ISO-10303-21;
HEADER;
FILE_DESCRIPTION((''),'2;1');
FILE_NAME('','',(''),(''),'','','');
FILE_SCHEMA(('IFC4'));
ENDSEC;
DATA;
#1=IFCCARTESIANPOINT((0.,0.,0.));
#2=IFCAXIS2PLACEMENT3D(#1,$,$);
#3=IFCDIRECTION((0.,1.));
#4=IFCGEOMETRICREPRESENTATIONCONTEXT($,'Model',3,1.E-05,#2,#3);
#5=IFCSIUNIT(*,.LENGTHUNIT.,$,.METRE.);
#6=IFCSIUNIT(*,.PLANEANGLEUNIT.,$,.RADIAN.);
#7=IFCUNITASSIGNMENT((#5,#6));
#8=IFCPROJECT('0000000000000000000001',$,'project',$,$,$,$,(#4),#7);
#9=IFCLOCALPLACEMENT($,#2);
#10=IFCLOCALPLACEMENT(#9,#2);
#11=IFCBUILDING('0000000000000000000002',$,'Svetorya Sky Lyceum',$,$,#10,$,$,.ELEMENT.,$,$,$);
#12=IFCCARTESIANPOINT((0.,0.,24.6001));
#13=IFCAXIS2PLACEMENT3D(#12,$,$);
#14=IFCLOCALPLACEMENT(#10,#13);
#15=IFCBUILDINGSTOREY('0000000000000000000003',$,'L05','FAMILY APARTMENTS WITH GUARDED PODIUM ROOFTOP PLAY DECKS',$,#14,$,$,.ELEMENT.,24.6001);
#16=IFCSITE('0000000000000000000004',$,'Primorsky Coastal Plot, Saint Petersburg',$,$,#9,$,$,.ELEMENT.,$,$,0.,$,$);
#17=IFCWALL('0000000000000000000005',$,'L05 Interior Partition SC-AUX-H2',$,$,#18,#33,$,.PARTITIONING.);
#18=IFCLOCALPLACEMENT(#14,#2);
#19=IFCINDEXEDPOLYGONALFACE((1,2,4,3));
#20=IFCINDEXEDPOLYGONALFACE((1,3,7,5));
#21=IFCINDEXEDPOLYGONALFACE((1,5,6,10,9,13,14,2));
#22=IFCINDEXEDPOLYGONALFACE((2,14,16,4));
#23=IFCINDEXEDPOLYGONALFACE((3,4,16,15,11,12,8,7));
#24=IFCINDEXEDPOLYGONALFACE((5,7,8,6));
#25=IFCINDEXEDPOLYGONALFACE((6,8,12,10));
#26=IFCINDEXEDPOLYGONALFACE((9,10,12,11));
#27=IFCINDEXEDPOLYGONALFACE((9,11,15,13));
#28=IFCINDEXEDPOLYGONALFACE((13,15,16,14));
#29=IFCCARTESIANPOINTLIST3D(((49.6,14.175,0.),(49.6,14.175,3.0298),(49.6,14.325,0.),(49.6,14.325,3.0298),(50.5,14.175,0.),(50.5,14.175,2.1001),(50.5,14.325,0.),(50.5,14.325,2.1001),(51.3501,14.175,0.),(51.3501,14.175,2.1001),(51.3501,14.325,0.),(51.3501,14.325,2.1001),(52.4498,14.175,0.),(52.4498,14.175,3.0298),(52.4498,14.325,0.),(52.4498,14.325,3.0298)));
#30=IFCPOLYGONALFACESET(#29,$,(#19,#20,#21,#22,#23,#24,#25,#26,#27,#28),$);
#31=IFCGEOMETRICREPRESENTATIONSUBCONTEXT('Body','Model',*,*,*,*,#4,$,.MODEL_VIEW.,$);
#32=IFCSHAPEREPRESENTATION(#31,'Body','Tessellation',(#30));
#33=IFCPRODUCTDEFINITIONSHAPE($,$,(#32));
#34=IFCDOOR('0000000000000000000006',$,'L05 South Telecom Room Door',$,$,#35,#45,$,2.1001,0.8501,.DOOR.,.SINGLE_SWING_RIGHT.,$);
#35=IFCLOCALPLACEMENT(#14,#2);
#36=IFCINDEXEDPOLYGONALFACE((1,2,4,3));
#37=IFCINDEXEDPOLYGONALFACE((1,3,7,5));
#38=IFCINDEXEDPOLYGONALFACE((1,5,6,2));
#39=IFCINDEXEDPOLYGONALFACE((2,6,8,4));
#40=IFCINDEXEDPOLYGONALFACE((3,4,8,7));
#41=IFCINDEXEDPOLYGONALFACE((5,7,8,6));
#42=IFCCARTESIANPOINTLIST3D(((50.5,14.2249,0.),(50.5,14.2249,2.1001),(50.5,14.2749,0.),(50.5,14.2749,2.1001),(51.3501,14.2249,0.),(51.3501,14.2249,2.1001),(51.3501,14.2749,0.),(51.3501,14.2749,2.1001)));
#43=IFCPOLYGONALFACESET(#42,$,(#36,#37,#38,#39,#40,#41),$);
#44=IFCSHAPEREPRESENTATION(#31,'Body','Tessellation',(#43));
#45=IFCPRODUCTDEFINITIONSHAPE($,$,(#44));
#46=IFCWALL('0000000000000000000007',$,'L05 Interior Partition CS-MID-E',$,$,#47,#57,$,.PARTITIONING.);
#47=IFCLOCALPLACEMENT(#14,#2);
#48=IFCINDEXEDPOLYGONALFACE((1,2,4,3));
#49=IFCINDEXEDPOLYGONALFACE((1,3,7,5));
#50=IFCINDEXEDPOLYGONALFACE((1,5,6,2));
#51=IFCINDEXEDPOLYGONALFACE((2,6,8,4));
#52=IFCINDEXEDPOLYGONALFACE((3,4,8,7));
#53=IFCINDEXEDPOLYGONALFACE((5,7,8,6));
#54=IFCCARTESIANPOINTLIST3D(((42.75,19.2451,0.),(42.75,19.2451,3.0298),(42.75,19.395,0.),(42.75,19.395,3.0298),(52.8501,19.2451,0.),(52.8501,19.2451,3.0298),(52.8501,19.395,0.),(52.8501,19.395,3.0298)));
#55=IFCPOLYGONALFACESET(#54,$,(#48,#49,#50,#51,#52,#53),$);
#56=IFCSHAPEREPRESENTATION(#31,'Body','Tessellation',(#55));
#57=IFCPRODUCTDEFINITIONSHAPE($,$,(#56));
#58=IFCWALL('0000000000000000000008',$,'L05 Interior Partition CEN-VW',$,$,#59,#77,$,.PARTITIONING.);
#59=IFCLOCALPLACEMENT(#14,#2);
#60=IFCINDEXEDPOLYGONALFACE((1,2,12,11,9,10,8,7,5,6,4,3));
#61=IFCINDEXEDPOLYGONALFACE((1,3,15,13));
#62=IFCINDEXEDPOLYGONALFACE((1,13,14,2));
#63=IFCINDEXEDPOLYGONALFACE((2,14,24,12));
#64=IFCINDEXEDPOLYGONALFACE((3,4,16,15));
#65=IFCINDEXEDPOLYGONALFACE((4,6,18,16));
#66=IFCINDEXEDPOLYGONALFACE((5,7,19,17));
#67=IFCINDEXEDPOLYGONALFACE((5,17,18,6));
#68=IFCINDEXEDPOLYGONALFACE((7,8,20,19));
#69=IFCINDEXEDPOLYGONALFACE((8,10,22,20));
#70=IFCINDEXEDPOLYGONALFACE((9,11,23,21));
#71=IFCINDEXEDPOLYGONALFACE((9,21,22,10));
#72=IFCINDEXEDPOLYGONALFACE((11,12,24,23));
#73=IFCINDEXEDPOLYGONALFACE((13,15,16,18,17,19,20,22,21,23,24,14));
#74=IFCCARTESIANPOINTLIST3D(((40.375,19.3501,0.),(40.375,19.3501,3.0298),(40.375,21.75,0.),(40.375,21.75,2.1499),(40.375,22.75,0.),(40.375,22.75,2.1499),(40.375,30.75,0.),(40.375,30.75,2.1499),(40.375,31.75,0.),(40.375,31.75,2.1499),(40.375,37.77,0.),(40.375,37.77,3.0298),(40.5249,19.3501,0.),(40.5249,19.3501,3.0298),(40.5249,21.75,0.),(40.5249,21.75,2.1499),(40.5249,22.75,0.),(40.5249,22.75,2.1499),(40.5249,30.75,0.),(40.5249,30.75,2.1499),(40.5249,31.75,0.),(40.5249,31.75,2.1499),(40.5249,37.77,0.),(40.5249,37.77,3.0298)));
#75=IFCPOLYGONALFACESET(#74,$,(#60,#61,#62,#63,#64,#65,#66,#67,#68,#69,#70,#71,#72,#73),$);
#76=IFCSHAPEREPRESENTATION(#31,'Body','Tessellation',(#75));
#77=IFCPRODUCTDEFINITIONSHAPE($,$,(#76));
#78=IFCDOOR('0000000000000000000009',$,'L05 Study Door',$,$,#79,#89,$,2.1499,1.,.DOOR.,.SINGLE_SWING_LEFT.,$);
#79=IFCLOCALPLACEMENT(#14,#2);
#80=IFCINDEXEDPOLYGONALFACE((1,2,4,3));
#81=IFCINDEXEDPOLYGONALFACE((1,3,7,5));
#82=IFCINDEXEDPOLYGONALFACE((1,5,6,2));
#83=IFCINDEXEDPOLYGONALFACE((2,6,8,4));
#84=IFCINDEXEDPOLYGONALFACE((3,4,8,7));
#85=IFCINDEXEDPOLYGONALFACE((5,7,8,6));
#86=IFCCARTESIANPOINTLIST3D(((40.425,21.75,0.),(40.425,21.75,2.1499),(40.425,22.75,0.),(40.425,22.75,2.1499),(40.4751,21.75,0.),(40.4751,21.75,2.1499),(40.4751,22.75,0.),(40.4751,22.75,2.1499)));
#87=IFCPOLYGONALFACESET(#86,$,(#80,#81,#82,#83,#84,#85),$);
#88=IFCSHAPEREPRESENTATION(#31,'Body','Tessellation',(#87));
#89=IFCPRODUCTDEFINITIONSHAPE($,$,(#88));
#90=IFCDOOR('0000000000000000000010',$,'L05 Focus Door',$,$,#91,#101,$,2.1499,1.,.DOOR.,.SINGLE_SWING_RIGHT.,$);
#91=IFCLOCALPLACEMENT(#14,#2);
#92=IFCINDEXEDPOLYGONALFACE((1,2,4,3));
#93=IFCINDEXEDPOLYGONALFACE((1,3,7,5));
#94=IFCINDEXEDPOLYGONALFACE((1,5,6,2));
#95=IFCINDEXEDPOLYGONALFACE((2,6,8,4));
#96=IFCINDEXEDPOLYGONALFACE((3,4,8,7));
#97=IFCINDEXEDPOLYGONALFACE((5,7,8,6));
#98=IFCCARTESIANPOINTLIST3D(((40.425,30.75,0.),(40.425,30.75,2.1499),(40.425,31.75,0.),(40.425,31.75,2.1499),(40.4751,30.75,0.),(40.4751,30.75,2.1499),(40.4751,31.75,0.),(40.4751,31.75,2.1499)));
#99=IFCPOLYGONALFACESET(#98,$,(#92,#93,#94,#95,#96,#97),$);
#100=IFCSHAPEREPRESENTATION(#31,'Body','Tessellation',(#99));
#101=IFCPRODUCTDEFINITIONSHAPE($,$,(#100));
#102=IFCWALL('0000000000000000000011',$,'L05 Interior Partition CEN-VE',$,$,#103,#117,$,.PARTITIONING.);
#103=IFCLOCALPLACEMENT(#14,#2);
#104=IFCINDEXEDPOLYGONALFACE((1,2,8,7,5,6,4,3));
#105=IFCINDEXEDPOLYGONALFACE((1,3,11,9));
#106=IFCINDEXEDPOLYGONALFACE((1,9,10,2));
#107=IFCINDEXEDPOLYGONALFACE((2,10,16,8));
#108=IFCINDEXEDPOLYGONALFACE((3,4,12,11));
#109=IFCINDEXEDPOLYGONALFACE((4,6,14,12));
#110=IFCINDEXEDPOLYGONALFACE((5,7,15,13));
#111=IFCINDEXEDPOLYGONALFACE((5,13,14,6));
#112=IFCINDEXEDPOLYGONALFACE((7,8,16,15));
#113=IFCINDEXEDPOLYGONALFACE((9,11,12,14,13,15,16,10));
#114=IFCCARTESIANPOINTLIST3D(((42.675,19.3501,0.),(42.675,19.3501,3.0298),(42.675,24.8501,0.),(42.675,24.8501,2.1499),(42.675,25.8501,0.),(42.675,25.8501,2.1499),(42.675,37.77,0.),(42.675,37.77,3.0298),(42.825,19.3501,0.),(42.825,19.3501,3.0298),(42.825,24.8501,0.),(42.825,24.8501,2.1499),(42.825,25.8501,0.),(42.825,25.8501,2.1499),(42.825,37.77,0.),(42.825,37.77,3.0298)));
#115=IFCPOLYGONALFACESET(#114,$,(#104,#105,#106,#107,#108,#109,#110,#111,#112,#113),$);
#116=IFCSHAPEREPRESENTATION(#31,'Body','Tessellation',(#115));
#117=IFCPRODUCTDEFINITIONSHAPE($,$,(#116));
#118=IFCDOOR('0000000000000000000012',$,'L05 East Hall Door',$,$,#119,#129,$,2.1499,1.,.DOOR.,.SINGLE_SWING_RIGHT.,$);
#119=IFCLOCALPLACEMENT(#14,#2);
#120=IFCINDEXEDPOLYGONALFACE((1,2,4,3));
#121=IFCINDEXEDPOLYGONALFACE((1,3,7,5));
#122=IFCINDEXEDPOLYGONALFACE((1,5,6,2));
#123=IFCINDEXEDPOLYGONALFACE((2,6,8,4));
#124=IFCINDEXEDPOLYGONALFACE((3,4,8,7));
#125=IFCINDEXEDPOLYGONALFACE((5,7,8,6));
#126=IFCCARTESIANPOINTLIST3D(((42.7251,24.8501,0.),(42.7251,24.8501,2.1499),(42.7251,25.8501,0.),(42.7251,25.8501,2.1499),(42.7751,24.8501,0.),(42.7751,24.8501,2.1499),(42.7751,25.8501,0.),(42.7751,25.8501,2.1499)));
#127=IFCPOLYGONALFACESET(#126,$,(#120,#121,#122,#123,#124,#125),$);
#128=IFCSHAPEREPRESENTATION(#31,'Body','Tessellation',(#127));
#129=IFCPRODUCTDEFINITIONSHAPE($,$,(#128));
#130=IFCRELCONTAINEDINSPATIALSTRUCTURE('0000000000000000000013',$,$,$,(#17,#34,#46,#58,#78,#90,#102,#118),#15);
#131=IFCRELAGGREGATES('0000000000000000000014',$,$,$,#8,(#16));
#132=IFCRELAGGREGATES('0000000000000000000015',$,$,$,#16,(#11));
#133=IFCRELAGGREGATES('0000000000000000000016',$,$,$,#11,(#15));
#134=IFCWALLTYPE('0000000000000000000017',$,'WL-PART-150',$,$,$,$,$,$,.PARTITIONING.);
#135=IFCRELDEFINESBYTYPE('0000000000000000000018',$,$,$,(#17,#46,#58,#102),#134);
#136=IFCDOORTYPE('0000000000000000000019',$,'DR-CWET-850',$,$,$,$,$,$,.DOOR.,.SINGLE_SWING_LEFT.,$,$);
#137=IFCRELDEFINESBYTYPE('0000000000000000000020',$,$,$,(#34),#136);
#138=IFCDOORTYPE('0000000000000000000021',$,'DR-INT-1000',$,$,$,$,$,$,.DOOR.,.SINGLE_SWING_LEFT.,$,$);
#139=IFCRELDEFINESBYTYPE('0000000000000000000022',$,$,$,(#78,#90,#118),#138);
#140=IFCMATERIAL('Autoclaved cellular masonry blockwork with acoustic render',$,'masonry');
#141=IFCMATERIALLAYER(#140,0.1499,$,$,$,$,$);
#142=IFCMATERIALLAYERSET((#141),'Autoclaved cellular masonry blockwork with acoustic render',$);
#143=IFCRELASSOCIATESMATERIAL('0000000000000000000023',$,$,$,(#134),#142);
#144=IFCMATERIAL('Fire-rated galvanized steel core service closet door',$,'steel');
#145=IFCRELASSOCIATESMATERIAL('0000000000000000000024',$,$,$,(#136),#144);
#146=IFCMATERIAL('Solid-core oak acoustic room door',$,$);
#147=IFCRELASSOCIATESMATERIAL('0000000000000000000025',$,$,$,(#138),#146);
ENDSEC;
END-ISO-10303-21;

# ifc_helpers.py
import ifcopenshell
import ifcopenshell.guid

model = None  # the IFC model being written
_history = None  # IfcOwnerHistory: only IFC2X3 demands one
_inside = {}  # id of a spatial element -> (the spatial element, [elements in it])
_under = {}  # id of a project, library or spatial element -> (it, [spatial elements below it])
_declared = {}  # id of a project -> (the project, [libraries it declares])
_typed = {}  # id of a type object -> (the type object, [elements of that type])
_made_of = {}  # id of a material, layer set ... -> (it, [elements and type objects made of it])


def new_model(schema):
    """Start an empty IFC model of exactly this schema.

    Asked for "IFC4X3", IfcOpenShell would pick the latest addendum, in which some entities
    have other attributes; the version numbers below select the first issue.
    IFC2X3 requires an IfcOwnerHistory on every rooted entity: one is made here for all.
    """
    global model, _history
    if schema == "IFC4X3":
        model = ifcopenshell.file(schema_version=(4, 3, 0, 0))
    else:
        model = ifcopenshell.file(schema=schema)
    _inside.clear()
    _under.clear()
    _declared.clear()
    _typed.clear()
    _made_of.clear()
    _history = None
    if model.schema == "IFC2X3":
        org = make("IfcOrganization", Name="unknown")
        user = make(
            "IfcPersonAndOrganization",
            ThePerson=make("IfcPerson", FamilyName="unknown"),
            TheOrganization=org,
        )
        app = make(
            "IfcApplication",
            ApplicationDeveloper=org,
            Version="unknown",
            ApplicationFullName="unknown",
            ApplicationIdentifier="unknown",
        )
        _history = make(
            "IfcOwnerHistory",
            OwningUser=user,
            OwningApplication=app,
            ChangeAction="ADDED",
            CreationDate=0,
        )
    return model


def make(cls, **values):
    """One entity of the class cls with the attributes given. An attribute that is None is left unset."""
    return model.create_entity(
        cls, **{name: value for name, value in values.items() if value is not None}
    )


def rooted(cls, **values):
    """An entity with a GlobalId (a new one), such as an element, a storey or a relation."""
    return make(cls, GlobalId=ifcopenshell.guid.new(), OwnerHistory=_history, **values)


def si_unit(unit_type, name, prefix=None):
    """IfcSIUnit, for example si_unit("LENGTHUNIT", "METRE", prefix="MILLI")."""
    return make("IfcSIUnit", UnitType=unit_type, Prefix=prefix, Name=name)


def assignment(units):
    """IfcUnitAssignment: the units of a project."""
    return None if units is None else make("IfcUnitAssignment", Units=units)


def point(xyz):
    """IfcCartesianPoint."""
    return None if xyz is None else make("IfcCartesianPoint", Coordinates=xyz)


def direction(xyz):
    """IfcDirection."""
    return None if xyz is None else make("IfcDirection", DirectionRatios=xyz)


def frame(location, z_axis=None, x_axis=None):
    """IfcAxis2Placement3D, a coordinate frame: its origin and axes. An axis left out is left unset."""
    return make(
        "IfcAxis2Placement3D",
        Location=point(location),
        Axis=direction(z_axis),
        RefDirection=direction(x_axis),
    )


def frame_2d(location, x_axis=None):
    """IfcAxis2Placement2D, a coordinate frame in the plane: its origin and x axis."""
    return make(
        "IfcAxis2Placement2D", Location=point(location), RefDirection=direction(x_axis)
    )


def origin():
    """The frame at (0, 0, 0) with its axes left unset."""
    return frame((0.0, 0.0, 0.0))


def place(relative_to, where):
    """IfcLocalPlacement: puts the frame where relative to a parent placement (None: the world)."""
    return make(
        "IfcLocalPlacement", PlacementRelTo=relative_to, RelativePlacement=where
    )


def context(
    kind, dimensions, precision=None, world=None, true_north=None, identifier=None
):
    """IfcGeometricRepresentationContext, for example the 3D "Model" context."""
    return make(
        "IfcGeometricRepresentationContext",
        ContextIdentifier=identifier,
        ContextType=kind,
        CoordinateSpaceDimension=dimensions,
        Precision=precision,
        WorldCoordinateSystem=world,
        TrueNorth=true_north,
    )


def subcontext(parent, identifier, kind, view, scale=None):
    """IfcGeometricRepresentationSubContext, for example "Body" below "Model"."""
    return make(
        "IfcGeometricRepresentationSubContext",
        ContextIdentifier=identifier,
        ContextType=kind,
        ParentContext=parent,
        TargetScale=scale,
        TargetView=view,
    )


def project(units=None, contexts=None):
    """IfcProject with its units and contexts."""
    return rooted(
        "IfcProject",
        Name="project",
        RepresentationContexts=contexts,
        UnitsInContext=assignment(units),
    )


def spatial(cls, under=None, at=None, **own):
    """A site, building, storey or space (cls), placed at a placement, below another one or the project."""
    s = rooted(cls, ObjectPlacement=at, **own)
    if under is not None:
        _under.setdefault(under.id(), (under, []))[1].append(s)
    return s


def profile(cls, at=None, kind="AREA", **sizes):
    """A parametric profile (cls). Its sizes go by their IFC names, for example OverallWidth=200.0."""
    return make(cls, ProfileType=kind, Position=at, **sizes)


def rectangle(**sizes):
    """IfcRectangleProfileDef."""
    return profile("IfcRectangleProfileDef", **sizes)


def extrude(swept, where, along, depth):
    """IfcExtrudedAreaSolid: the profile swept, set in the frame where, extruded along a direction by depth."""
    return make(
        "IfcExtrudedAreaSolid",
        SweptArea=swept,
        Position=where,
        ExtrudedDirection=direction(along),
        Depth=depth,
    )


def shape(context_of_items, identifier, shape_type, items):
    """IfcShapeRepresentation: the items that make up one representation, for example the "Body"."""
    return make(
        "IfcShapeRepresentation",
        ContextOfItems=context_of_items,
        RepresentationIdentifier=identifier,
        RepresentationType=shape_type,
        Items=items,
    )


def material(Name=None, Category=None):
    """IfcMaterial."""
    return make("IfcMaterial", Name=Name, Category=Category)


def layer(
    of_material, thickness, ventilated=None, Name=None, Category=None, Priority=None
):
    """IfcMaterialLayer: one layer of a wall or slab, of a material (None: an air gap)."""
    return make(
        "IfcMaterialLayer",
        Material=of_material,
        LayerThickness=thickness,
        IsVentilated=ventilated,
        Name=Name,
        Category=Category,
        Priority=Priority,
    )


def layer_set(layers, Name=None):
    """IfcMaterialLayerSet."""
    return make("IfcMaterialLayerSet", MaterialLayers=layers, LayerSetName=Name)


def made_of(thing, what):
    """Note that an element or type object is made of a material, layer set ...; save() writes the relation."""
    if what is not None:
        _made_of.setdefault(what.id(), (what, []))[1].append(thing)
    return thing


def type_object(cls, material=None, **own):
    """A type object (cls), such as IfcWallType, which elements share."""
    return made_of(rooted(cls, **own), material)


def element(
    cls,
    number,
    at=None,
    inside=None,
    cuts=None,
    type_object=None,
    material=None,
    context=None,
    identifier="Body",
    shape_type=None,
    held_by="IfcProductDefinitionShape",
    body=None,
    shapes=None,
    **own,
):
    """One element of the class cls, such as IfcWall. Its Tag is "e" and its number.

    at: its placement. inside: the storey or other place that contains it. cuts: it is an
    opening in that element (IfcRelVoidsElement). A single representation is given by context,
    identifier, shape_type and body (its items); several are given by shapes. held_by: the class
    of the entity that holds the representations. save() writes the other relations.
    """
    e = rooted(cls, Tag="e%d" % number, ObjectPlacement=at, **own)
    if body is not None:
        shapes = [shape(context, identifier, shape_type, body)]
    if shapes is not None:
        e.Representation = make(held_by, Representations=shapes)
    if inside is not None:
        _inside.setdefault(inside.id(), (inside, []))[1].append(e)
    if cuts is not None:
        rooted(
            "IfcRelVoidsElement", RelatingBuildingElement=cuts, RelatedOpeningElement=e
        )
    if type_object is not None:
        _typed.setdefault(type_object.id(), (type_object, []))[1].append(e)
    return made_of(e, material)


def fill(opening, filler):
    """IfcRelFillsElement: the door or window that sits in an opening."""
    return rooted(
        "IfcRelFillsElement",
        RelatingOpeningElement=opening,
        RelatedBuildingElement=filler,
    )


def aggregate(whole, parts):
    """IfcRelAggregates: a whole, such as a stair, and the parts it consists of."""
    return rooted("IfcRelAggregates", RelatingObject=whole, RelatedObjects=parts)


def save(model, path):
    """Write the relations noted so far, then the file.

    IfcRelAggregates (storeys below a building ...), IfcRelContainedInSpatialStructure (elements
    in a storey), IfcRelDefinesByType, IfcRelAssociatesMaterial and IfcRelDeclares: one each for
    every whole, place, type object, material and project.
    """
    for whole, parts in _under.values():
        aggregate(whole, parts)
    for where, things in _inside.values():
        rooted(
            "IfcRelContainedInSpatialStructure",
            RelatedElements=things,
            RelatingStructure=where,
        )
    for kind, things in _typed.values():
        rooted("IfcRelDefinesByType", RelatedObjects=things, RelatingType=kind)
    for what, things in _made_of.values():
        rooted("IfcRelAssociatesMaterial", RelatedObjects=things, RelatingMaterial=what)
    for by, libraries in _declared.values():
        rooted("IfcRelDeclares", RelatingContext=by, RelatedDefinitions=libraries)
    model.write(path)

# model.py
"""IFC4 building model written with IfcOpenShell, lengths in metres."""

from ifc_helpers import new_model, si_unit, direction, frame, frame_2d, origin, place, context, subcontext, project, spatial, rectangle, extrude, material, layer, layer_set, type_object, element, fill, save


model = new_model("IFC4")

# Units and contexts
model_context = context("Model", 3, precision=1e-05, world=origin(), true_north=direction((0.0, 1.0)))
body_context = subcontext(model_context, "Body", "Model", "MODEL_VIEW")
ifc_project = project(units=[si_unit("LENGTHUNIT", "METRE"), si_unit("PLANEANGLEUNIT", "RADIAN")], contexts=[model_context])

# Site, building, storey
site_placement = place(None, origin())
site = spatial("IfcSite", under=ifc_project, at=site_placement, Name="Primorsky Coastal Plot, Saint Petersburg", CompositionType="ELEMENT", RefElevation=0.0)
building_placement = place(site_placement, origin())
building = spatial("IfcBuilding", under=site, at=building_placement, Name="Svetorya Sky Lyceum", CompositionType="ELEMENT")
storey_placement = place(building_placement, frame((0.0, 0.0, 24.6001)))
storey = spatial("IfcBuildingStorey", under=building, at=storey_placement, Name="L05", Description="FAMILY APARTMENTS WITH GUARDED PODIUM ROOFTOP PLAY DECKS", CompositionType="ELEMENT", Elevation=24.6001)

# Shared definitions
ifc_material_1 = material(Name="Autoclaved cellular masonry blockwork with acoustic render", Category="masonry")
ifc_layer_1 = layer(ifc_material_1, 0.1499)
ifc_layer_set_1 = layer_set([ifc_layer_1], Name="Autoclaved cellular masonry blockwork with acoustic render")
wall_type_1 = type_object("IfcWallType", Name="WL-PART-150", PredefinedType="PARTITIONING", material=ifc_layer_set_1)

# Wall, opening, door
wall_1_placement = place(storey_placement, frame((49.6001, 14.25, 0.0), z_axis=(0.0, 0.0, 1.0), x_axis=(1.0, 0.0, 0.0)))
wall_1 = element("IfcWall", 1, at=wall_1_placement, inside=storey, type_object=wall_type_1, Name="L05 Interior Partition SC-AUX-H2", PredefinedType="PARTITIONING", context=body_context, shape_type="SweptSolid", body=[
    extrude(rectangle(XDim=2.8499, YDim=0.1499, at=frame_2d((1.4248, 0.0))), origin(), (0.0, 0.0, 1.0), 3.0298),
])
opening_1_placement = place(wall_1_placement, frame((0.8999, 0.0, 0.0)))
opening_1 = element("IfcOpeningElement", 2, at=opening_1_placement, cuts=wall_1, PredefinedType="OPENING", context=body_context, shape_type="SweptSolid", body=[
    extrude(rectangle(XDim=0.8501, YDim=2.1001, at=frame_2d((0.425, 1.05))), frame((0.0, 0.085, 0.0), z_axis=(0.0, -1.0, 0.0), x_axis=(1.0, 0.0, 0.0)), (0.0, 0.0, 1.0), 0.1699),
])
ifc_material_2 = material(Name="Fire-rated galvanized steel core service closet door", Category="steel")
door_type_1 = type_object("IfcDoorType", Name="DR-CWET-850", OperationType="SINGLE_SWING_LEFT", PredefinedType="DOOR", material=ifc_material_2)
door_1_placement = place(opening_1_placement, origin())
door_1 = element("IfcDoor", 3, at=door_1_placement, inside=storey, type_object=door_type_1, Name="L05 South Telecom Room Door", OperationType="SINGLE_SWING_RIGHT", OverallHeight=2.1001, OverallWidth=0.8501, PredefinedType="DOOR", context=body_context, shape_type="SweptSolid", body=[
    extrude(rectangle(XDim=0.8501, YDim=2.1001, at=frame_2d((0.425, 1.05))), frame((0.0, 0.0249, 0.0), z_axis=(0.0, -1.0, 0.0), x_axis=(1.0, 0.0, 0.0)), (0.0, 0.0, 1.0), 0.05),
])
fill(opening_1, door_1)

# Wall
wall_2_placement = place(storey_placement, frame((42.75, 19.3201, 0.0), z_axis=(0.0, 0.0, 1.0), x_axis=(1.0, 0.0, 0.0)))
element("IfcWall", 4, at=wall_2_placement, inside=storey, type_object=wall_type_1, Name="L05 Interior Partition CS-MID-E", PredefinedType="PARTITIONING", context=body_context, shape_type="SweptSolid", body=[
    extrude(rectangle(XDim=10.1001, YDim=0.1499, at=frame_2d((5.05, 0.0))), origin(), (0.0, 0.0, 1.0), 3.0298),
])

# Wall, openings, doors
wall_3_placement = place(storey_placement, frame((40.45, 19.3501, 0.0), z_axis=(0.0, 0.0, 1.0), x_axis=(0.0, 1.0, 0.0)))
wall_3 = element("IfcWall", 5, at=wall_3_placement, inside=storey, type_object=wall_type_1, Name="L05 Interior Partition CEN-VW", PredefinedType="PARTITIONING", context=body_context, shape_type="SweptSolid", body=[
    extrude(rectangle(XDim=18.4199, YDim=0.1499, at=frame_2d((9.21, 0.0))), origin(), (0.0, 0.0, 1.0), 3.0298),
])
opening_2_placement = place(wall_3_placement, frame((2.3999, 0.0, 0.0)))
opening_2 = element("IfcOpeningElement", 6, at=opening_2_placement, cuts=wall_3, PredefinedType="OPENING", context=body_context, shape_type="SweptSolid", body=[
    extrude(rectangle(XDim=1.0, YDim=2.1499, at=frame_2d((0.5, 1.075))), frame((0.0, 0.085, 0.0), z_axis=(0.0, -1.0, 0.0), x_axis=(1.0, 0.0, 0.0)), (0.0, 0.0, 1.0), 0.1699),
])
opening_3_placement = place(wall_3_placement, frame((11.3999, 0.0, 0.0)))
opening_3 = element("IfcOpeningElement", 7, at=opening_3_placement, cuts=wall_3, PredefinedType="OPENING", context=body_context, shape_type="SweptSolid", body=[
    extrude(rectangle(XDim=1.0, YDim=2.1499, at=frame_2d((0.5, 1.075))), frame((0.0, 0.085, 0.0), z_axis=(0.0, -1.0, 0.0), x_axis=(1.0, 0.0, 0.0)), (0.0, 0.0, 1.0), 0.1699),
])
ifc_material_3 = material(Name="Solid-core oak acoustic room door")
door_type_2 = type_object("IfcDoorType", Name="DR-INT-1000", OperationType="SINGLE_SWING_LEFT", PredefinedType="DOOR", material=ifc_material_3)
door_2_placement = place(opening_2_placement, origin())
door_2 = element("IfcDoor", 8, at=door_2_placement, inside=storey, type_object=door_type_2, Name="L05 Study Door", OperationType="SINGLE_SWING_LEFT", OverallHeight=2.1499, OverallWidth=1.0, PredefinedType="DOOR", context=body_context, shape_type="SweptSolid", body=[
    extrude(rectangle(XDim=1.0, YDim=2.1499, at=frame_2d((0.5, 1.075))), frame((0.0, 0.0249, 0.0), z_axis=(0.0, -1.0, 0.0), x_axis=(1.0, 0.0, 0.0)), (0.0, 0.0, 1.0), 0.05),
])
fill(opening_2, door_2)
door_3_placement = place(opening_3_placement, origin())
door_3 = element("IfcDoor", 9, at=door_3_placement, inside=storey, type_object=door_type_2, Name="L05 Focus Door", OperationType="SINGLE_SWING_RIGHT", OverallHeight=2.1499, OverallWidth=1.0, PredefinedType="DOOR", context=body_context, shape_type="SweptSolid", body=[
    extrude(rectangle(XDim=1.0, YDim=2.1499, at=frame_2d((0.5, 1.075))), frame((0.0, 0.0249, 0.0), z_axis=(0.0, -1.0, 0.0), x_axis=(1.0, 0.0, 0.0)), (0.0, 0.0, 1.0), 0.05),
])
fill(opening_3, door_3)

# Wall, opening, door
wall_4_placement = place(storey_placement, frame((42.75, 19.3501, 0.0), z_axis=(0.0, 0.0, 1.0), x_axis=(0.0, 1.0, 0.0)))
wall_4 = element("IfcWall", 10, at=wall_4_placement, inside=storey, type_object=wall_type_1, Name="L05 Interior Partition CEN-VE", PredefinedType="PARTITIONING", context=body_context, shape_type="SweptSolid", body=[
    extrude(rectangle(XDim=18.4199, YDim=0.1499, at=frame_2d((9.21, 0.0))), origin(), (0.0, 0.0, 1.0), 3.0298),
])
opening_4_placement = place(wall_4_placement, frame((5.5, 0.0, 0.0)))
opening_4 = element("IfcOpeningElement", 11, at=opening_4_placement, cuts=wall_4, PredefinedType="OPENING", context=body_context, shape_type="SweptSolid", body=[
    extrude(rectangle(XDim=1.0, YDim=2.1499, at=frame_2d((0.5, 1.075))), frame((0.0, 0.085, 0.0), z_axis=(0.0, -1.0, 0.0), x_axis=(1.0, 0.0, 0.0)), (0.0, 0.0, 1.0), 0.1699),
])
door_4_placement = place(opening_4_placement, origin())
door_4 = element("IfcDoor", 12, at=door_4_placement, inside=storey, type_object=door_type_2, Name="L05 East Hall Door", OperationType="SINGLE_SWING_RIGHT", OverallHeight=2.1499, OverallWidth=1.0, PredefinedType="DOOR", context=body_context, shape_type="SweptSolid", body=[
    extrude(rectangle(XDim=1.0, YDim=2.1499, at=frame_2d((0.5, 1.075))), frame((0.0, 0.0249, 0.0), z_axis=(0.0, -1.0, 0.0), x_axis=(1.0, 0.0, 0.0)), (0.0, 0.0, 1.0), 0.05),
])
fill(opening_4, door_4)

save(model, "model.ifc")
